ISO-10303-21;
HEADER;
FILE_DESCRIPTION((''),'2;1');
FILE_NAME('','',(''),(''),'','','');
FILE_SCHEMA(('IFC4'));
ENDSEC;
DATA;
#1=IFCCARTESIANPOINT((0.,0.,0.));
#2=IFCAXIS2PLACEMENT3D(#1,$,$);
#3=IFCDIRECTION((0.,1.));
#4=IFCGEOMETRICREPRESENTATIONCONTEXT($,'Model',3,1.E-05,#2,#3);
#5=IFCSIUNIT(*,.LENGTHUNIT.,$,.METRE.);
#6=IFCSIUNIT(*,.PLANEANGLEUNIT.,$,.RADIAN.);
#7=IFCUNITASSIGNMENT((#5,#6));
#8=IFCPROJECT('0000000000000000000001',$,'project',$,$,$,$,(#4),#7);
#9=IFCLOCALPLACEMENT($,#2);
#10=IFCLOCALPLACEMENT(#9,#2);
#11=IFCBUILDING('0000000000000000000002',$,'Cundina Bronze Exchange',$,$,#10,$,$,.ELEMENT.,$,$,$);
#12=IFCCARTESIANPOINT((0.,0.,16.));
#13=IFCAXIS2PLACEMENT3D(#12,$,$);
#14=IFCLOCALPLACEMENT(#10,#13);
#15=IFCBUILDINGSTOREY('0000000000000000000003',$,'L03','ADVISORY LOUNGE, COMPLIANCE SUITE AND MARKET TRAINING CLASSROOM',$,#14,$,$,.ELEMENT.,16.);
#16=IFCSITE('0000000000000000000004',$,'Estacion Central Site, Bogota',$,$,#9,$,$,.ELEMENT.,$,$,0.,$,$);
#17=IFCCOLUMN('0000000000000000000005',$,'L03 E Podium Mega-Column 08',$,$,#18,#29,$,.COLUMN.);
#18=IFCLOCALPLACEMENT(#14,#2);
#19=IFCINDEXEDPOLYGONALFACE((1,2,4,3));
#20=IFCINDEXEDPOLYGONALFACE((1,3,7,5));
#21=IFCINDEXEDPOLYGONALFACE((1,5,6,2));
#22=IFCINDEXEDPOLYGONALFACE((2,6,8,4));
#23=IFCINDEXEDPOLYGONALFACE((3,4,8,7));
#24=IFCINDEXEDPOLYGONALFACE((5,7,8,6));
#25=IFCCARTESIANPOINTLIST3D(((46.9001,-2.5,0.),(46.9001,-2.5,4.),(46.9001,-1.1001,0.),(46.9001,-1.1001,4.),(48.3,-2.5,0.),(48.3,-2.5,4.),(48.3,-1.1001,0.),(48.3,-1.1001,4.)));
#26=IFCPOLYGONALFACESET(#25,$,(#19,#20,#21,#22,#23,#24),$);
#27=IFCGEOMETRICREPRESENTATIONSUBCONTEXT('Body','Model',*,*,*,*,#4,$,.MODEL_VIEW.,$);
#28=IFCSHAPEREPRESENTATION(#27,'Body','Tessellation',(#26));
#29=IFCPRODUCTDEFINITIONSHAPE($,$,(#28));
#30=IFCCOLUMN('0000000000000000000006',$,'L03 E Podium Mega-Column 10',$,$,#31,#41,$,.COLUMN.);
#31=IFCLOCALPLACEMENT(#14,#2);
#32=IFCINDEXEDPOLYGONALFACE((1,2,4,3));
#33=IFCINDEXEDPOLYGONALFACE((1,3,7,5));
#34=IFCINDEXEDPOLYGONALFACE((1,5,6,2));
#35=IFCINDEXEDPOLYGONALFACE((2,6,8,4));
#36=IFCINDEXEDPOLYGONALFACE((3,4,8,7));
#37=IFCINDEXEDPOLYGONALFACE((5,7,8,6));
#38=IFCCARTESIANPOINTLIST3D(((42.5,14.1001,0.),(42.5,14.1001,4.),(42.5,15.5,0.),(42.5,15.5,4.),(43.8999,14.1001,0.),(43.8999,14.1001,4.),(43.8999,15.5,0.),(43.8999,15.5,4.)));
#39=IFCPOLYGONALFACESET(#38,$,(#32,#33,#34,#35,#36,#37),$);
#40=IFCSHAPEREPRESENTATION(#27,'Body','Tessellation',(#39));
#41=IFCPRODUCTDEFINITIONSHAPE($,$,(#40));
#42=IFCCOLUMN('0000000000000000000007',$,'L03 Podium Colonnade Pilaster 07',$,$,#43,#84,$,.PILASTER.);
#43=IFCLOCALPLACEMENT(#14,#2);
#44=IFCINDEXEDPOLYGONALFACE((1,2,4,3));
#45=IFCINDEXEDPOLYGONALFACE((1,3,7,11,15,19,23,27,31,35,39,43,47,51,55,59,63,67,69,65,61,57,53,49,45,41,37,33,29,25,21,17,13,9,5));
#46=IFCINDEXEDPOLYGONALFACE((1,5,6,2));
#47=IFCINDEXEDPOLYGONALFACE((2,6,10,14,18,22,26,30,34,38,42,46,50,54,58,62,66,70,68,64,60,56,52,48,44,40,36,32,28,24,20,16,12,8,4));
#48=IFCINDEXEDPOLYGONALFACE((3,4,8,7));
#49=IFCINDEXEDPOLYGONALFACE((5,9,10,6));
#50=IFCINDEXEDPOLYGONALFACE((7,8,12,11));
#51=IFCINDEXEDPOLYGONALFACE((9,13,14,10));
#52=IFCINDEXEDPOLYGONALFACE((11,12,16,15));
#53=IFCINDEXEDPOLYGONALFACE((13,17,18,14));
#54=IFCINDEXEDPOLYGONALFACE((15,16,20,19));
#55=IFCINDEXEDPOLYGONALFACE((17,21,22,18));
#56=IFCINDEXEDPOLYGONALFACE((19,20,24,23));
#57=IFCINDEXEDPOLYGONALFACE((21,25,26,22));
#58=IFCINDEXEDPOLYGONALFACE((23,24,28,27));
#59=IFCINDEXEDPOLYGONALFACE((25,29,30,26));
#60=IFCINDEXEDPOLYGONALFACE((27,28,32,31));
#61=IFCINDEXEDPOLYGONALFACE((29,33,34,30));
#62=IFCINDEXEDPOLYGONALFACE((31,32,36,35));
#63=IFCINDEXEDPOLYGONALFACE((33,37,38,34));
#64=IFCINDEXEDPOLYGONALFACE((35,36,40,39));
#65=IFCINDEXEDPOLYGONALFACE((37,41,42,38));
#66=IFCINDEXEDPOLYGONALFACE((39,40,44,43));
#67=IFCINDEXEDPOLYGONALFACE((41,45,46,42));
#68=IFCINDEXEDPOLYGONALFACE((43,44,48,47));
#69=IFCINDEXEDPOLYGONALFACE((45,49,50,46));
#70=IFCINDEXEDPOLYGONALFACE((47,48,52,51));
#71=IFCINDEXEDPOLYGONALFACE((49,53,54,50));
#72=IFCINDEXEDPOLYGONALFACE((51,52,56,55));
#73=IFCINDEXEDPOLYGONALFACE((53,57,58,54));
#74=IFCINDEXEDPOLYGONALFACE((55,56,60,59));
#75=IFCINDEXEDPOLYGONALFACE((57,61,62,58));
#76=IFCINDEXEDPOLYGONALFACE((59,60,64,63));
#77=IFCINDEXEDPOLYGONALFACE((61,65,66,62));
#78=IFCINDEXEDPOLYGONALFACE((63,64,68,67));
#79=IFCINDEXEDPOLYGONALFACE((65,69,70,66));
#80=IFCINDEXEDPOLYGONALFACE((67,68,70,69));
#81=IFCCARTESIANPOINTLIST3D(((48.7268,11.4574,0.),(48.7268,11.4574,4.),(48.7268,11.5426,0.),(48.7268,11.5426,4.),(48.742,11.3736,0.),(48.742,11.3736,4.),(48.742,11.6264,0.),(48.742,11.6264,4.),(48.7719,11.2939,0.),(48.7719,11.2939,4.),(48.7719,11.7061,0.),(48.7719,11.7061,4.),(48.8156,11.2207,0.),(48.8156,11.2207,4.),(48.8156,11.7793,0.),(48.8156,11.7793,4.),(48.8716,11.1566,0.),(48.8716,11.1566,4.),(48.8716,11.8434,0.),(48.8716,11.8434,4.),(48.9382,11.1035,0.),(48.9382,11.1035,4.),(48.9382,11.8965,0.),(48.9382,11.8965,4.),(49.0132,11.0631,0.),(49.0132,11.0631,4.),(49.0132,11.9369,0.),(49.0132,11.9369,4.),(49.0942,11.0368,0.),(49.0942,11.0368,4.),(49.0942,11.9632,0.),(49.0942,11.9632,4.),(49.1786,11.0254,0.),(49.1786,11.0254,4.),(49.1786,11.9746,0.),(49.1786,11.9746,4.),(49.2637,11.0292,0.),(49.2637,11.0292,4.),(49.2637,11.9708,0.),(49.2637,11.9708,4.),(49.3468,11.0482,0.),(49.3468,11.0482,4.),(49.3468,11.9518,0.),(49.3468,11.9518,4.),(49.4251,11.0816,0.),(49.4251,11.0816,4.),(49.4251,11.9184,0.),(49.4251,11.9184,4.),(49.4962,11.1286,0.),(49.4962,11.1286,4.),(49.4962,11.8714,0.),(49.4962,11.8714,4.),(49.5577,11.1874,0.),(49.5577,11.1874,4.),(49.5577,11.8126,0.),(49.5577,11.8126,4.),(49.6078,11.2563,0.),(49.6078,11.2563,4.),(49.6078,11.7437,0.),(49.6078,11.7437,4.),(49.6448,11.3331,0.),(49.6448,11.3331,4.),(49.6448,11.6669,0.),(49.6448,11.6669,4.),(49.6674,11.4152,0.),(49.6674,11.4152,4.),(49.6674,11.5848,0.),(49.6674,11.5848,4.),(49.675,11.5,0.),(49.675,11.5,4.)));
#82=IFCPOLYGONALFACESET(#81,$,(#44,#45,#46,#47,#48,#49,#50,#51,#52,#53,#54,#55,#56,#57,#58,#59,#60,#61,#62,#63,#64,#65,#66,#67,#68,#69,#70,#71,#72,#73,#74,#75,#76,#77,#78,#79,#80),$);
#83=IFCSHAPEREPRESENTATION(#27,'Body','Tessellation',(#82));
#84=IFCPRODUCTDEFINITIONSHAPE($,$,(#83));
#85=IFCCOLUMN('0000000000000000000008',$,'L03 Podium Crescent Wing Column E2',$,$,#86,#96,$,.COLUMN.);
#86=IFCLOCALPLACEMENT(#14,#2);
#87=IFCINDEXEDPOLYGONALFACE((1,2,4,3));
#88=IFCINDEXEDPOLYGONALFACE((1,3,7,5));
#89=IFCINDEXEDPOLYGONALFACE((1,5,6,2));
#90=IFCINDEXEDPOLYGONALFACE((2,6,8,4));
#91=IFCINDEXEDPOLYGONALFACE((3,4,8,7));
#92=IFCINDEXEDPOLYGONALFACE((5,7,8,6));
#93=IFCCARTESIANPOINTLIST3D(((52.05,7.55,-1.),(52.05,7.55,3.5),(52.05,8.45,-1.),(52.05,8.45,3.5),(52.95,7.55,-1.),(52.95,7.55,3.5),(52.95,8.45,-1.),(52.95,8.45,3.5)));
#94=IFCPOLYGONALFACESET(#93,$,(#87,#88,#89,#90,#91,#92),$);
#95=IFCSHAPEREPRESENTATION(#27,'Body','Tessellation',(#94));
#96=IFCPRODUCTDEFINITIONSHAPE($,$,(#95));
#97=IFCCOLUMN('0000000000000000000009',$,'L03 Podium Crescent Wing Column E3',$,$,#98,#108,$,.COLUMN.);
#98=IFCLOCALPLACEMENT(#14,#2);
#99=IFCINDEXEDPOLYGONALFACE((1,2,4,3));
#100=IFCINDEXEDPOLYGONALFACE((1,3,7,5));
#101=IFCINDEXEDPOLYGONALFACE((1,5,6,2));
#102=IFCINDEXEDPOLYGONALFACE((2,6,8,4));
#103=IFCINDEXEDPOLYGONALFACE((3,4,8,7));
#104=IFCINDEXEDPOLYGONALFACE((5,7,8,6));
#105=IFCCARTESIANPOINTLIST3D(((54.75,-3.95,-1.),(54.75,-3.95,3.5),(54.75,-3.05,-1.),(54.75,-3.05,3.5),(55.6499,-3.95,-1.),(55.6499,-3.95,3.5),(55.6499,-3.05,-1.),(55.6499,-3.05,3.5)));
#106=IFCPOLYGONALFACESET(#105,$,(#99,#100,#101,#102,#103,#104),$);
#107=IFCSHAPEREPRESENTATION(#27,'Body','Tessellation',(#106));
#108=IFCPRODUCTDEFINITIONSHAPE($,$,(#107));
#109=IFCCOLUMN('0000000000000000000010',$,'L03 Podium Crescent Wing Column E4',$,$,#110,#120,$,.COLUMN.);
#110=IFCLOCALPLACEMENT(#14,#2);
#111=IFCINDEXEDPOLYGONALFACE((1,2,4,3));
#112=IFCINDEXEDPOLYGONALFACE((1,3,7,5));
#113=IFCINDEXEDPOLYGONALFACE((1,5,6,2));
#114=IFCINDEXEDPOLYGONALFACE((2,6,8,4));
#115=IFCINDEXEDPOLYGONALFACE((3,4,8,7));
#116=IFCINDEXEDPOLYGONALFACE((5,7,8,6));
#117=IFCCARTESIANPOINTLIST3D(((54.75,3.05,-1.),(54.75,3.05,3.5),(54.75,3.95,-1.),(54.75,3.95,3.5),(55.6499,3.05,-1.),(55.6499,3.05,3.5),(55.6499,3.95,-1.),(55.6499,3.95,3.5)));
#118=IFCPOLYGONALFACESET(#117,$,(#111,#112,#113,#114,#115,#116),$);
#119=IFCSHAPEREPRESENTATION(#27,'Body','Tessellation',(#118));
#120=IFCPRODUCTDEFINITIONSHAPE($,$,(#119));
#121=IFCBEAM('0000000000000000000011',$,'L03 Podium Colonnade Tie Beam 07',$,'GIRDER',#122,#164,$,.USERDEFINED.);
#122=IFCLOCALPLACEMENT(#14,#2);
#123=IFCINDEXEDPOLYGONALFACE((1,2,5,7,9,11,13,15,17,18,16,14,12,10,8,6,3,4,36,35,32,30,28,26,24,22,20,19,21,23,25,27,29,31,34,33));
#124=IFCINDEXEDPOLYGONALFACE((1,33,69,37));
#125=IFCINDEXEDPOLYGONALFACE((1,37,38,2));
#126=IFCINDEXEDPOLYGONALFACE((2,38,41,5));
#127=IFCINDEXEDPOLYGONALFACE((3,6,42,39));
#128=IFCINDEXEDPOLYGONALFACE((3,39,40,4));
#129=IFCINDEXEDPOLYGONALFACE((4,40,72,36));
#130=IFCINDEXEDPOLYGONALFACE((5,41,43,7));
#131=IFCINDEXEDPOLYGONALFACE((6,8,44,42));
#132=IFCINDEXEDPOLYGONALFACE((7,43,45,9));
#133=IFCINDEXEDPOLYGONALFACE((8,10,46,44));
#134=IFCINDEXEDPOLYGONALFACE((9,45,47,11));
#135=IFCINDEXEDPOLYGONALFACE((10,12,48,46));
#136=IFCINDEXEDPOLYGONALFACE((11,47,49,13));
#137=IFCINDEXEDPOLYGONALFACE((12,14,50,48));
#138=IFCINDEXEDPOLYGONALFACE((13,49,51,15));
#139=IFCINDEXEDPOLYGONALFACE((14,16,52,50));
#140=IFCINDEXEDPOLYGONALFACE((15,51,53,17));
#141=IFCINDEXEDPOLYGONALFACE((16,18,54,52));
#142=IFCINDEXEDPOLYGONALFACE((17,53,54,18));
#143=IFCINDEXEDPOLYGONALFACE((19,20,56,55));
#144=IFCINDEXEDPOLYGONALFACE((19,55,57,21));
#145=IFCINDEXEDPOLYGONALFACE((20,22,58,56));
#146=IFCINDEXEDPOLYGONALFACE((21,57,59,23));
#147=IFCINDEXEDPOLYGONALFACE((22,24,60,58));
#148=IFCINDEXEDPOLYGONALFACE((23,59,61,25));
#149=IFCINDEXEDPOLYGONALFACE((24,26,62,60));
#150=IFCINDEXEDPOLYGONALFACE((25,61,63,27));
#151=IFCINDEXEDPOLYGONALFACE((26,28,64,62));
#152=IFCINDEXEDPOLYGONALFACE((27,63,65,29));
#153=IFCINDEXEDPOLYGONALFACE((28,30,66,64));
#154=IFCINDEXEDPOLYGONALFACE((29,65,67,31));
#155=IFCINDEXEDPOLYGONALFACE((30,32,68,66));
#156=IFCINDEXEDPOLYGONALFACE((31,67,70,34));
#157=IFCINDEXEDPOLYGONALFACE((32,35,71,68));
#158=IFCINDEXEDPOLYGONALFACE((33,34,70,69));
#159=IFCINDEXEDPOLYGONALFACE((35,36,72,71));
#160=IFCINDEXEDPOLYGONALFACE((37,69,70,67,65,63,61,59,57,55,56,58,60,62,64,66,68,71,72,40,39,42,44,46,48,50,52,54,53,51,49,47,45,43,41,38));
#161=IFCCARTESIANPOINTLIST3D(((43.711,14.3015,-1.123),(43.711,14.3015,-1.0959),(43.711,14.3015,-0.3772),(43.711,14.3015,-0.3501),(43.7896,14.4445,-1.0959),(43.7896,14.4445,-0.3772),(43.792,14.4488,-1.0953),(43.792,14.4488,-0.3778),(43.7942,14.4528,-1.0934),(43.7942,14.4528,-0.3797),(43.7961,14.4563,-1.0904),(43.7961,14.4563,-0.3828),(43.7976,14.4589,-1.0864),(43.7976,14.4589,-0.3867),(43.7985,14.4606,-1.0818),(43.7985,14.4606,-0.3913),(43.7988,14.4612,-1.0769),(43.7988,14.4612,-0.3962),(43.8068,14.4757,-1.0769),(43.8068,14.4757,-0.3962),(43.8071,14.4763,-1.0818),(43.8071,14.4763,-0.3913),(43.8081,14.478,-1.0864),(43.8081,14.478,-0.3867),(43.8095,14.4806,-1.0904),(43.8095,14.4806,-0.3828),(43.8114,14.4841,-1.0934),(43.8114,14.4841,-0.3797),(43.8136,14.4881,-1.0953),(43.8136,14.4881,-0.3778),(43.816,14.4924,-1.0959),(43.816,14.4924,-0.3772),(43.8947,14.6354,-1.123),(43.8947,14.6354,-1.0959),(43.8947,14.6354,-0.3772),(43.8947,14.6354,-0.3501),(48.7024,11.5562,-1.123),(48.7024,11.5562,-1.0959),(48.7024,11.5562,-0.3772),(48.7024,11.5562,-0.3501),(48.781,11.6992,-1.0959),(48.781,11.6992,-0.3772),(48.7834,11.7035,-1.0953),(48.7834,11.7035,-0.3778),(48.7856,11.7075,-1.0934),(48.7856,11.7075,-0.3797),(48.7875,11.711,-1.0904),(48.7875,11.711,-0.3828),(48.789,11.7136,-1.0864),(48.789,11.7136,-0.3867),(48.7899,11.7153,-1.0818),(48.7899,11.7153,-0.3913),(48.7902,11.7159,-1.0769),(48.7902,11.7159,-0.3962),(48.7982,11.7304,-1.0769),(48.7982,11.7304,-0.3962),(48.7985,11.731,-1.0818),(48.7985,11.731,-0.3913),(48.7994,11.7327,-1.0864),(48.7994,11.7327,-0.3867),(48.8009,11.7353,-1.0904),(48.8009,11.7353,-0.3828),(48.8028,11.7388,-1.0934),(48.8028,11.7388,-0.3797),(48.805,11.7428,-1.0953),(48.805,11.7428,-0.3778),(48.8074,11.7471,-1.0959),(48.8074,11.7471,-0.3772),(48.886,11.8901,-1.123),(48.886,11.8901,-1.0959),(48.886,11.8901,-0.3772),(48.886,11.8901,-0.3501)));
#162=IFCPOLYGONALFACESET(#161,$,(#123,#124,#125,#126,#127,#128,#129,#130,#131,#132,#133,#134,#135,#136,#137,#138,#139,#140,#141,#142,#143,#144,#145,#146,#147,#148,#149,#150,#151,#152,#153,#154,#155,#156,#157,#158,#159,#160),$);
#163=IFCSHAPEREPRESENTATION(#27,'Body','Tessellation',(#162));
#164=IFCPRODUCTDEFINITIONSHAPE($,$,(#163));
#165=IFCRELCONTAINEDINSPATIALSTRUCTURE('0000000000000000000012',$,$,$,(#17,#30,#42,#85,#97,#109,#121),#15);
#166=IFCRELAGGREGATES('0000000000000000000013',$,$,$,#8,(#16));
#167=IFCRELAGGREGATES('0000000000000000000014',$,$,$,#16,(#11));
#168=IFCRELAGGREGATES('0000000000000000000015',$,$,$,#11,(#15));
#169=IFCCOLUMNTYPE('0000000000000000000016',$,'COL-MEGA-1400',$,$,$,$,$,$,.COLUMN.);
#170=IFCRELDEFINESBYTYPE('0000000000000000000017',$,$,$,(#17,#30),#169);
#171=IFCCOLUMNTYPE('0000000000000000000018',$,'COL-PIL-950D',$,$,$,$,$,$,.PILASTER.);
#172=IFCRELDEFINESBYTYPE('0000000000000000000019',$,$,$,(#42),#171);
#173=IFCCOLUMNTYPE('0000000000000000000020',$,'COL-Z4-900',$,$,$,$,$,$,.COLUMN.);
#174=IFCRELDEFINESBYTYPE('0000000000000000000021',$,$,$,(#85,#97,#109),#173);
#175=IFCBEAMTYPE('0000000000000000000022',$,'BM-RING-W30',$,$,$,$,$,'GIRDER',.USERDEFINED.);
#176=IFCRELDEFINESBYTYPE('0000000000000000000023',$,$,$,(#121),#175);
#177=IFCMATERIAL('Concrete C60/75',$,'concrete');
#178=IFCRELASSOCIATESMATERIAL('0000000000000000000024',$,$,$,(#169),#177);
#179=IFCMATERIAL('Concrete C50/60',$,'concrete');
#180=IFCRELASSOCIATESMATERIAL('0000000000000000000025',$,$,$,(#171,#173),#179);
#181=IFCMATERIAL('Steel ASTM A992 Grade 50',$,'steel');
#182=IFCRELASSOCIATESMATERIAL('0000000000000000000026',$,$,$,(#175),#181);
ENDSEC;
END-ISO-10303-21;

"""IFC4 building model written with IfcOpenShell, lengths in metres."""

from ifc_helpers import new_model, si_unit, direction, frame, origin, origin_2d, place, context, subcontext, project, spatial, rectangle, circle, i_section, extrude, material, material_profile, profile_set, type_object, element, save


model = new_model("IFC4")

# Units and contexts
model_context = context("Model", 3, precision=1e-05, world=origin(), true_north=direction((0.0, 1.0)))
body_context = subcontext(model_context, "Body", "Model", "MODEL_VIEW")
ifc_project = project(units=[si_unit("LENGTHUNIT", "METRE"), si_unit("PLANEANGLEUNIT", "RADIAN")], contexts=[model_context])

# Site, building, storey
site_placement = place(None, origin())
site = spatial("IfcSite", under=ifc_project, at=site_placement, Name="Estacion Central Site, Bogota", CompositionType="ELEMENT", RefElevation=0.0)
building_placement = place(site_placement, origin())
building = spatial("IfcBuilding", under=site, at=building_placement, Name="Cundina Bronze Exchange", CompositionType="ELEMENT")
storey_placement = place(building_placement, frame((0.0, 0.0, 16.0)))
storey = spatial("IfcBuildingStorey", under=building, at=storey_placement, Name="L03", Description="ADVISORY LOUNGE, COMPLIANCE SUITE AND MARKET TRAINING CLASSROOM", CompositionType="ELEMENT", Elevation=16.0)

# Columns
ifc_material_1 = material(Name="Concrete C60/75", Category="concrete")
ifc_material_profile_1 = material_profile(ifc_material_1, rectangle(XDim=1.3999, YDim=1.3999, at=origin_2d()), Name="RC1400X1400", Category="concrete")
ifc_profile_set_1 = profile_set([ifc_material_profile_1], Name="Concrete C60/75")
column_type_1 = type_object("IfcColumnType", Name="COL-MEGA-1400", PredefinedType="COLUMN", material=ifc_profile_set_1)
for number, where, z_axis, x_axis, name in (
    (1, (47.6001, -1.8, 0.0), (0.0, 0.0, 1.0), (1.0, 0.0, 0.0), "L03 E Podium Mega-Column 08"),
    (2, (43.2, 14.8, 0.0), (0.0, 0.0, 1.0), (1.0, 0.0, 0.0), "L03 E Podium Mega-Column 10"),
):
    element("IfcColumn", number, at=place(storey_placement, frame(where, z_axis=z_axis, x_axis=x_axis)), inside=storey, type_object=column_type_1, Name=name, PredefinedType="COLUMN", context=body_context, shape_type="SweptSolid", body=[
        extrude(rectangle(XDim=1.3999, YDim=1.3999, at=origin_2d()), origin(), (0.0, 0.0, 1.0), 4.0),
    ])
ifc_material_2 = material(Name="Concrete C50/60", Category="concrete")
ifc_material_profile_2 = material_profile(ifc_material_2, circle(Radius=0.4751, at=origin_2d()), Name="RC950D", Category="concrete")
ifc_profile_set_2 = profile_set([ifc_material_profile_2], Name="Concrete C50/60")
column_type_2 = type_object("IfcColumnType", Name="COL-PIL-950D", PredefinedType="PILASTER", material=ifc_profile_set_2)
column_placement = place(storey_placement, frame((49.2, 11.5, 0.0), z_axis=(0.0, 0.0, 1.0), x_axis=(1.0, 0.0, 0.0)))
element("IfcColumn", 3, at=column_placement, inside=storey, type_object=column_type_2, Name="L03 Podium Colonnade Pilaster 07", PredefinedType="PILASTER", context=body_context, shape_type="SweptSolid", body=[
    extrude(circle(Radius=0.4751, at=origin_2d()), origin(), (0.0, 0.0, 1.0), 4.0),
])
ifc_material_profile_3 = material_profile(ifc_material_2, rectangle(XDim=0.8999, YDim=0.8999, at=origin_2d()), Name="RC900X900", Category="concrete")
ifc_profile_set_3 = profile_set([ifc_material_profile_3], Name="Concrete C50/60")
column_type_3 = type_object("IfcColumnType", Name="COL-Z4-900", PredefinedType="COLUMN", material=ifc_profile_set_3)
for number, where, z_axis, x_axis, name in (
    (4, (52.5, 8.0, -1.0), (0.0, 0.0, 1.0), (1.0, 0.0, 0.0), "L03 Podium Crescent Wing Column E2"),
    (5, (55.2, -3.5, -1.0), (0.0, 0.0, 1.0), (1.0, 0.0, 0.0), "L03 Podium Crescent Wing Column E3"),
    (6, (55.2, 3.5, -1.0), (0.0, 0.0, 1.0), (1.0, 0.0, 0.0), "L03 Podium Crescent Wing Column E4"),
):
    element("IfcColumn", number, at=place(storey_placement, frame(where, z_axis=z_axis, x_axis=x_axis)), inside=storey, type_object=column_type_3, Name=name, PredefinedType="COLUMN", context=body_context, shape_type="SweptSolid", body=[
        extrude(rectangle(XDim=0.8999, YDim=0.8999, at=origin_2d()), origin(), (0.0, 0.0, 1.0), 4.5),
    ])

# Beam
ifc_material_3 = material(Name="Steel ASTM A992 Grade 50", Category="steel")
ifc_material_profile_4 = material_profile(ifc_material_3, i_section(OverallWidth=0.3811, OverallDepth=0.7729, WebThickness=0.0166, FlangeThickness=0.0271, FilletRadius=0.019, at=origin_2d()), Name="W30X173", Category="steel")
ifc_profile_set_4 = profile_set([ifc_material_profile_4], Name="Steel ASTM A992 Grade 50")
beam_type = type_object("IfcBeamType", Name="BM-RING-W30", ElementType="GIRDER", PredefinedType="USERDEFINED", material=ifc_profile_set_4)
beam_1_placement = place(storey_placement, frame((48.7942, 11.7231, -0.7366), z_axis=(-0.876211, 0.481927, 0.0), x_axis=(-0.481927, -0.876211, 0.0)))
element("IfcBeam", 7, at=beam_1_placement, inside=storey, type_object=beam_type, Name="L03 Podium Colonnade Tie Beam 07", ObjectType="GIRDER", PredefinedType="USERDEFINED", context=body_context, shape_type="SweptSolid", body=[
    extrude(i_section(OverallWidth=0.3811, OverallDepth=0.7729, WebThickness=0.0166, FlangeThickness=0.0271, FilletRadius=0.019, at=origin_2d()), origin(), (0.0, 0.0, 1.0), 5.6965),
])

save(model, "model.ifc")
